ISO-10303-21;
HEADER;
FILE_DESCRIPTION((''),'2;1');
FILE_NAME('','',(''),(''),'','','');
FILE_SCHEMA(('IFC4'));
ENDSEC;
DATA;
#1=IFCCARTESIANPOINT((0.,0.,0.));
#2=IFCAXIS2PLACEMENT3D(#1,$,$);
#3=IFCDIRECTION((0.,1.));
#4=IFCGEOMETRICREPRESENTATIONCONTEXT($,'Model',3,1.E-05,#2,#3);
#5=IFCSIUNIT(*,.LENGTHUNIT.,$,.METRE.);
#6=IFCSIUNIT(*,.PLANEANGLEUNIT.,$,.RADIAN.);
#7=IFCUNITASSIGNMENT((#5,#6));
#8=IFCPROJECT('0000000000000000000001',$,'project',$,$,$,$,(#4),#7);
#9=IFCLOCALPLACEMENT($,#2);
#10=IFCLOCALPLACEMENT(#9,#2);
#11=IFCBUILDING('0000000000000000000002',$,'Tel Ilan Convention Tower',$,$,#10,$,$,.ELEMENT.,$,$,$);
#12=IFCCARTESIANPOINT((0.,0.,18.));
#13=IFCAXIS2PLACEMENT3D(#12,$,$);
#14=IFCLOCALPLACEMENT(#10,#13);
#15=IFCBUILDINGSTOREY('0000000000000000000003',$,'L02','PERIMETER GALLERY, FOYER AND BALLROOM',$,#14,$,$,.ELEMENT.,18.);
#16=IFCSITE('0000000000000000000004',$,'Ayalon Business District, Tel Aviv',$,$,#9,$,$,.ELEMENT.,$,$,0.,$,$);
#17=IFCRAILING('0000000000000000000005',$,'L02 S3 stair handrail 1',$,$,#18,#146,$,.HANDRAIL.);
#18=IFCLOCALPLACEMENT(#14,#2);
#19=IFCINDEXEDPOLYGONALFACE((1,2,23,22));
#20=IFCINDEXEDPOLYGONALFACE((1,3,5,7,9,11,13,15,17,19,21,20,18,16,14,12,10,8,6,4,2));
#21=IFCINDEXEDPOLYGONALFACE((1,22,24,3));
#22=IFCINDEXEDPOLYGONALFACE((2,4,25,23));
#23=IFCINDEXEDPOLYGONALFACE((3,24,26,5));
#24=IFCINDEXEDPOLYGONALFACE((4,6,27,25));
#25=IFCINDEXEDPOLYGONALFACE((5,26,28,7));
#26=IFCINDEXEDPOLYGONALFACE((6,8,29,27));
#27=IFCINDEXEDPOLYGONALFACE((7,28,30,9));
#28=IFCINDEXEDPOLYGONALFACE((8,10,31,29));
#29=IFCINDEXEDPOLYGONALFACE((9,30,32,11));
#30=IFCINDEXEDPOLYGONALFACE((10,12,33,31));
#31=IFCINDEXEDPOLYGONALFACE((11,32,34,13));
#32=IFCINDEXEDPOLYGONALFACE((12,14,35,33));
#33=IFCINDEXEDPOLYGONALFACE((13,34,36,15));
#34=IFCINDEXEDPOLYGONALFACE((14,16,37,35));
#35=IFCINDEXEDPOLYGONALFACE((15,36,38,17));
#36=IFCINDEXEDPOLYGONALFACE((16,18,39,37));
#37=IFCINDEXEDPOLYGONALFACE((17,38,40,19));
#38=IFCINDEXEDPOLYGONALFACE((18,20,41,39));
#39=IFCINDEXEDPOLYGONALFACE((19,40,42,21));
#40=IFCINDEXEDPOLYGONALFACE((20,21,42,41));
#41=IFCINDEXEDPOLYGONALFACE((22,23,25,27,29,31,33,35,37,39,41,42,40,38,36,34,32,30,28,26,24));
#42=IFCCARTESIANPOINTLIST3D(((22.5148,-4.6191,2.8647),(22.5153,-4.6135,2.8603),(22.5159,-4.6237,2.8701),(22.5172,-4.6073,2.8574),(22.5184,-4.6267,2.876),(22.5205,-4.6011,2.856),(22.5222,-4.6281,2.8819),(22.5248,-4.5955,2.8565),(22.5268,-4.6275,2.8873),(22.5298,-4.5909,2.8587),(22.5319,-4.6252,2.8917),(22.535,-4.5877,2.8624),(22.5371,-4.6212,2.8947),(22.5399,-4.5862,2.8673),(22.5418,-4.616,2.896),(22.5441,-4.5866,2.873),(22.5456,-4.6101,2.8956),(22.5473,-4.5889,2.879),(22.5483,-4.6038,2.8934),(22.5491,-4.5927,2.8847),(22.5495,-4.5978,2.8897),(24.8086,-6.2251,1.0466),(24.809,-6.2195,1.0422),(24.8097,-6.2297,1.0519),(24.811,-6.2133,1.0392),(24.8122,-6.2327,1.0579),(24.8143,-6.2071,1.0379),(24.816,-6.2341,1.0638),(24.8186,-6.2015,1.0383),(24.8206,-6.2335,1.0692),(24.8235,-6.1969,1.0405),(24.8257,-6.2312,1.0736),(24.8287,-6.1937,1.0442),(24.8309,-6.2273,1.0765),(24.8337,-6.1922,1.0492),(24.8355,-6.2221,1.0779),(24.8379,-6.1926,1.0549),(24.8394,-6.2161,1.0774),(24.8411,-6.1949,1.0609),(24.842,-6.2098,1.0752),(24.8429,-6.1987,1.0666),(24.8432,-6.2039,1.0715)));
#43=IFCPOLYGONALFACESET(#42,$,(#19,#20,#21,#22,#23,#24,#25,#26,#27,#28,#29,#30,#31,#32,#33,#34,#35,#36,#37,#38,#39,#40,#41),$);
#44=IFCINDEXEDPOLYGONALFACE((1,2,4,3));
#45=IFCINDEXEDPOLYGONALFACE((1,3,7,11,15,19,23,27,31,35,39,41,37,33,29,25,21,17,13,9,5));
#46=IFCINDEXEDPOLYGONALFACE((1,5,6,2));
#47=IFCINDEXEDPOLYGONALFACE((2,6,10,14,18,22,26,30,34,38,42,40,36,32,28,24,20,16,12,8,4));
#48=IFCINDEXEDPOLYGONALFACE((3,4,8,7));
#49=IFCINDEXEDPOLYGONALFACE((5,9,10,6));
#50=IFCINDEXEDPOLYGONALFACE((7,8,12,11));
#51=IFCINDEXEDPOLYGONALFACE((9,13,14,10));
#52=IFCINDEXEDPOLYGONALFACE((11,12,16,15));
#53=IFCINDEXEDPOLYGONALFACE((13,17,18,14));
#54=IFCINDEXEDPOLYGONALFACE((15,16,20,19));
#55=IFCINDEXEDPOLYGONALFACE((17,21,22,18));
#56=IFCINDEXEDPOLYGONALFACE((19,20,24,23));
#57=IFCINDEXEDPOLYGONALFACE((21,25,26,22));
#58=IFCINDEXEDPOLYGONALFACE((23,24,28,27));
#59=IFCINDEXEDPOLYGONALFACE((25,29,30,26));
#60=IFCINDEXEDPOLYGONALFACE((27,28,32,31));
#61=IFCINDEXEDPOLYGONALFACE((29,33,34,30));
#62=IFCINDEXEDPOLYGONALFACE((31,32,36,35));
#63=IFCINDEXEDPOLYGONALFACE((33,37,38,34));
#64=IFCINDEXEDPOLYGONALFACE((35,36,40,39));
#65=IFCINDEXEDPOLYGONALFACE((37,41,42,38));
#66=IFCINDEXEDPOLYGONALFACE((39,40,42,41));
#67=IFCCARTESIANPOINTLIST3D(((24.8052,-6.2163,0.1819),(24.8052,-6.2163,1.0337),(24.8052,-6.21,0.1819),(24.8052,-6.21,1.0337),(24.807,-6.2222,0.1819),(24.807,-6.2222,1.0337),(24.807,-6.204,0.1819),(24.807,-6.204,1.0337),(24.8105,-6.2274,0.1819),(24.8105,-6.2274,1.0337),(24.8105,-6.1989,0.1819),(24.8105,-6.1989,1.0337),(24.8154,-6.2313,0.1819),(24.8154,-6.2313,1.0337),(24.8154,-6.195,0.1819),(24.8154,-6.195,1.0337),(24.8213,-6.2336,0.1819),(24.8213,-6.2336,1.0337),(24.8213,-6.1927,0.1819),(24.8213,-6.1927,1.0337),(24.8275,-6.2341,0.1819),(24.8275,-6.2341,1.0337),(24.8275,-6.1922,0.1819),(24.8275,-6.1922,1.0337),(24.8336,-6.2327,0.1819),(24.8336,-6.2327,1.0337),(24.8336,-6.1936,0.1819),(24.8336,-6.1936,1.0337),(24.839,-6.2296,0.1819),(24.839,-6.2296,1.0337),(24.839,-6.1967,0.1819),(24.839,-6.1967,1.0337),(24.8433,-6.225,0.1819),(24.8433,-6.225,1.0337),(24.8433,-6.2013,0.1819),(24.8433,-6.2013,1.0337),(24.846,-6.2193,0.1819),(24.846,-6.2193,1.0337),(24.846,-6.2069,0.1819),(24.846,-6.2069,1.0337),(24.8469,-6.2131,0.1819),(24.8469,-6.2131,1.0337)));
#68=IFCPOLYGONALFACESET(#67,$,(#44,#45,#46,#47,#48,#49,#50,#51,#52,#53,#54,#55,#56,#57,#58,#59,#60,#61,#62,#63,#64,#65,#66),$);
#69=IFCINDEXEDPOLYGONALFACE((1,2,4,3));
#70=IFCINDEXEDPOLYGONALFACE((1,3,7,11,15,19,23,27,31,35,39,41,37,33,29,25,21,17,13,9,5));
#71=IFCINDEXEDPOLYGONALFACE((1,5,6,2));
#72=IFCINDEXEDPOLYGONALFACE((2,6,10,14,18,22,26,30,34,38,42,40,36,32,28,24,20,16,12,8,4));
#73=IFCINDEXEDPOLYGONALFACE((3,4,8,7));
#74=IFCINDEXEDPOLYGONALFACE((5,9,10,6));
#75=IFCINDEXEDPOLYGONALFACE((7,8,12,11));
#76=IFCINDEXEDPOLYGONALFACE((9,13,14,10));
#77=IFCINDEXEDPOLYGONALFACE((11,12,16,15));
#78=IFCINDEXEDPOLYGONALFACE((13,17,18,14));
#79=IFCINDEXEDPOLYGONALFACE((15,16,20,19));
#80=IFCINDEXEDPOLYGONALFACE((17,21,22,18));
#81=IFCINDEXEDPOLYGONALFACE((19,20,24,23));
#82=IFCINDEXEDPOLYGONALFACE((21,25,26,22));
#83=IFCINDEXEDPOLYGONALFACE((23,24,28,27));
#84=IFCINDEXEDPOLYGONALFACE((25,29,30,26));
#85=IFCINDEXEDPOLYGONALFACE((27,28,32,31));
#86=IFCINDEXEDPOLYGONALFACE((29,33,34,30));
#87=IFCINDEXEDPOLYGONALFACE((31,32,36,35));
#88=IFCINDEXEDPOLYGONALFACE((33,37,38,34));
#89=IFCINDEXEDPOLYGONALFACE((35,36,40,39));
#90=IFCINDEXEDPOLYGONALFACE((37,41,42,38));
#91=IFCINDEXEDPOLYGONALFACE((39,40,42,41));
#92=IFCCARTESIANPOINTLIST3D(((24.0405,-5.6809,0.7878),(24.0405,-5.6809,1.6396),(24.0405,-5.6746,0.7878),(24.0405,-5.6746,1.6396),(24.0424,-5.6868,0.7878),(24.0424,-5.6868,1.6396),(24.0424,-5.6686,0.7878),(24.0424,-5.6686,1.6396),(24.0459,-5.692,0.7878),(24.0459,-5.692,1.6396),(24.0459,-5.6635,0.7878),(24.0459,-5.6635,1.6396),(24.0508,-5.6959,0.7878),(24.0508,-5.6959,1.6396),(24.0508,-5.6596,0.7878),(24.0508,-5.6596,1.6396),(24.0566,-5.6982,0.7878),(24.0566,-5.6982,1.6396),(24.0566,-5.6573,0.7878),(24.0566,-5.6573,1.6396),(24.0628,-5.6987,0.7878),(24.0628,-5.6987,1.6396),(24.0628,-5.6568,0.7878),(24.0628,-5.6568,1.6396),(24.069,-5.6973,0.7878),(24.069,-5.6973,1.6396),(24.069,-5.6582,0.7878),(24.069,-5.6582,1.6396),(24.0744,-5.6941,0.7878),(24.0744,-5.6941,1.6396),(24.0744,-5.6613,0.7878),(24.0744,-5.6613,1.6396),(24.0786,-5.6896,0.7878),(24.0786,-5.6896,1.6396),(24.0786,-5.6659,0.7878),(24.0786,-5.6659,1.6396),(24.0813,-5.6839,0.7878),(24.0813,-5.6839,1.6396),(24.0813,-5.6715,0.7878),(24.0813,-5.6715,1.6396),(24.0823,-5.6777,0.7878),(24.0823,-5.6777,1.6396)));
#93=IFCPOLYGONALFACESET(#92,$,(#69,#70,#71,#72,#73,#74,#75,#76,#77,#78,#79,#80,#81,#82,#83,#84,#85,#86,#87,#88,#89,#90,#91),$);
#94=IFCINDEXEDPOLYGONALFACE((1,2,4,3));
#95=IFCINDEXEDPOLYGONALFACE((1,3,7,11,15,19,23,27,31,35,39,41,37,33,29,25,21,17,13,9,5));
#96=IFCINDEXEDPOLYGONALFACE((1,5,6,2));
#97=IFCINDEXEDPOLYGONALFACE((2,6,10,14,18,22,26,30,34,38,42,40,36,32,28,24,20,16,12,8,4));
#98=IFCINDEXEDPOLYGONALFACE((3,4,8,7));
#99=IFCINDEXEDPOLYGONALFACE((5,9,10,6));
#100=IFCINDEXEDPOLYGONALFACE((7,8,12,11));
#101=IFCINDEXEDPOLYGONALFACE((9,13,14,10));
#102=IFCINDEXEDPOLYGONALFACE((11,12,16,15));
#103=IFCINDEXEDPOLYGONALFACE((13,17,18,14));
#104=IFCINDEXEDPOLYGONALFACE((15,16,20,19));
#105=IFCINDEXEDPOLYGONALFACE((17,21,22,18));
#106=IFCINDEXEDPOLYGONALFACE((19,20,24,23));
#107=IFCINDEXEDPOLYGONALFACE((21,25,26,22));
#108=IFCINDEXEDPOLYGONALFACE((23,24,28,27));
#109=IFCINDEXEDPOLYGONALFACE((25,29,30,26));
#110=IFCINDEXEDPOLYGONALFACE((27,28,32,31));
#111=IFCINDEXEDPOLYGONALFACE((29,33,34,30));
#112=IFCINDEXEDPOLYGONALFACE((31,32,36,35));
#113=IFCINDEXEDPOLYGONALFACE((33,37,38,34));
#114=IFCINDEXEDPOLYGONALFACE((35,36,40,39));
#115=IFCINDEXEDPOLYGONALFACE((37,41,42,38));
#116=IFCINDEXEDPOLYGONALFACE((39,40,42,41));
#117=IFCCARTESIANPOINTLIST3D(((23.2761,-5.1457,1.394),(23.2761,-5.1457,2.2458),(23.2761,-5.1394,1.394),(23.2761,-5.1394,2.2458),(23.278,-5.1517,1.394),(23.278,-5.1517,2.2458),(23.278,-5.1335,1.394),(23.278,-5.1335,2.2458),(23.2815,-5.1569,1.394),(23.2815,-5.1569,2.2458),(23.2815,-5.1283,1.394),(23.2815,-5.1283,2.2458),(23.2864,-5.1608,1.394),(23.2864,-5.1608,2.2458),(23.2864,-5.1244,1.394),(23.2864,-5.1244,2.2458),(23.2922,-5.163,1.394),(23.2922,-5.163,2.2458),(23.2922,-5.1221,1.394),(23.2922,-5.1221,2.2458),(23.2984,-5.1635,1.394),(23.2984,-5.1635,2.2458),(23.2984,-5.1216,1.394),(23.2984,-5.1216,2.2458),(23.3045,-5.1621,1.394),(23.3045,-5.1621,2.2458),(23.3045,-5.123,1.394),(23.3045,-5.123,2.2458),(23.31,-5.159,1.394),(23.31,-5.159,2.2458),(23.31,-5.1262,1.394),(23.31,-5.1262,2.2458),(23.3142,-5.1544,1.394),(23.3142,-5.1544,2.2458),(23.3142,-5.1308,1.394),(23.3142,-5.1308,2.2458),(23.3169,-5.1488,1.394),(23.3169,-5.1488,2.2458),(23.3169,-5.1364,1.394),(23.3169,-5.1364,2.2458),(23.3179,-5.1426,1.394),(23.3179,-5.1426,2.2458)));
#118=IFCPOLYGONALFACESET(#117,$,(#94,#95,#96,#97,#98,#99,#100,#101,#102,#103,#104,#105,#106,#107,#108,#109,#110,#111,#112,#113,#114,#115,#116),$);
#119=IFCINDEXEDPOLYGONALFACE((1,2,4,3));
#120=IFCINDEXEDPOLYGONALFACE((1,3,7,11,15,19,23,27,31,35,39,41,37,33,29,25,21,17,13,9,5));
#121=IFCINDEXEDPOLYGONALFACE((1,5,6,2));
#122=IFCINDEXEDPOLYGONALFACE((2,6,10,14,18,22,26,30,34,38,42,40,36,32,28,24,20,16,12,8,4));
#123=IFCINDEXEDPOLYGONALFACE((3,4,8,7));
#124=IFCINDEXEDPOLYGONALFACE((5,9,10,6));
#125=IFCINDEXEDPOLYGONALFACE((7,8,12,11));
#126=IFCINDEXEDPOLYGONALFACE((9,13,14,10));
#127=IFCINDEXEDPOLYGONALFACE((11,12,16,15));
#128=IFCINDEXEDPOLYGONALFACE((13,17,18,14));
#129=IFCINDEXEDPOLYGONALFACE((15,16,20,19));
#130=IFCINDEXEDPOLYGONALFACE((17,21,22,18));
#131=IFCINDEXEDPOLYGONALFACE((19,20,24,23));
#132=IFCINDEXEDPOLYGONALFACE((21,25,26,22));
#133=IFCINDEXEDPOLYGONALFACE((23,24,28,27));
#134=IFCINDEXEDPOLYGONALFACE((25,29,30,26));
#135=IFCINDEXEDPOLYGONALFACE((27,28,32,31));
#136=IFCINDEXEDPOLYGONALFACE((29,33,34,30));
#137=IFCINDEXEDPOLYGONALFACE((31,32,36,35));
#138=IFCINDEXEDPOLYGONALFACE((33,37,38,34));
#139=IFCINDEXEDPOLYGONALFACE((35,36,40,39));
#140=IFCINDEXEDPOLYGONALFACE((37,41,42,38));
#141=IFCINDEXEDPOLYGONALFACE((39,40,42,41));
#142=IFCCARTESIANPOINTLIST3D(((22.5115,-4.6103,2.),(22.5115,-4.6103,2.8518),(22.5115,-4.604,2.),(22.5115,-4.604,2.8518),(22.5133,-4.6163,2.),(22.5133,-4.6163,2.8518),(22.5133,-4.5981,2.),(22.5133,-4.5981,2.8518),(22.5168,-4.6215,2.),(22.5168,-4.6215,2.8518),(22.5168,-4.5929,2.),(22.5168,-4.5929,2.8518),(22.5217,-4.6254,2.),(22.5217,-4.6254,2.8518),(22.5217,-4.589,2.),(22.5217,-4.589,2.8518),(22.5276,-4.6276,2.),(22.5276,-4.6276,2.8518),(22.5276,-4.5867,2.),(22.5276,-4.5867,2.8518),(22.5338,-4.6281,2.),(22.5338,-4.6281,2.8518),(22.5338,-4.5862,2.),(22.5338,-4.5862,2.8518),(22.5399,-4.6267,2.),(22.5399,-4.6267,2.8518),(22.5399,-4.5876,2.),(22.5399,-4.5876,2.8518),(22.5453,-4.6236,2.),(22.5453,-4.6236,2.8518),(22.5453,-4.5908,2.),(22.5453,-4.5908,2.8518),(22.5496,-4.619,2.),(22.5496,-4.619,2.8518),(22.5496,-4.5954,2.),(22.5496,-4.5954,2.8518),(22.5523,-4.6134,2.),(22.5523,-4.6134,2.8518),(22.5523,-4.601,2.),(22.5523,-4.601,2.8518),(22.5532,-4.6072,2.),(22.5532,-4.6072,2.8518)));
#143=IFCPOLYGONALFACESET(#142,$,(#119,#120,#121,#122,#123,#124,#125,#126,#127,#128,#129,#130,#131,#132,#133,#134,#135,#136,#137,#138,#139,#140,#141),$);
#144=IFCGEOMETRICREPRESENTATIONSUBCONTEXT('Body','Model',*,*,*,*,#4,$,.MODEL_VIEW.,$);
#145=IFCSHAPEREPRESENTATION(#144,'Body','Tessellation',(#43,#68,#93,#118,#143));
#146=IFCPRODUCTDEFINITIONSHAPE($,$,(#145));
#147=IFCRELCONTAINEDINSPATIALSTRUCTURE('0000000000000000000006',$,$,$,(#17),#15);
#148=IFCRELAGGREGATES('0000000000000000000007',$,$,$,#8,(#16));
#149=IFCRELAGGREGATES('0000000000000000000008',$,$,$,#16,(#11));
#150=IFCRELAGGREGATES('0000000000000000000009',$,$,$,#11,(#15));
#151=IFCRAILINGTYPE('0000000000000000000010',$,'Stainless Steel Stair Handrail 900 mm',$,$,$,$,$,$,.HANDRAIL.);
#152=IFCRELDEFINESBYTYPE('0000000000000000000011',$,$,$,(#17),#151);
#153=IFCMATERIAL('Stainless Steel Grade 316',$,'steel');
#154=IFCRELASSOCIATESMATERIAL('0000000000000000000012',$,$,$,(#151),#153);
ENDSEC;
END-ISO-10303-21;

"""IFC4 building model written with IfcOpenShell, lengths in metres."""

from ifc_helpers import new_model, si_unit, direction, frame, origin, origin_2d, place, context, subcontext, project, spatial, circle, extrude, material, type_object, element, save


model = new_model("IFC4")

# Units and contexts
model_context = context("Model", 3, precision=1e-05, world=origin(), true_north=direction((0.0, 1.0)))
body_context = subcontext(model_context, "Body", "Model", "MODEL_VIEW")
ifc_project = project(units=[si_unit("LENGTHUNIT", "METRE"), si_unit("PLANEANGLEUNIT", "RADIAN")], contexts=[model_context])

# Site, building, storey
site_placement = place(None, origin())
site = spatial("IfcSite", under=ifc_project, at=site_placement, Name="Ayalon Business District, Tel Aviv", CompositionType="ELEMENT", RefElevation=0.0)
building_placement = place(site_placement, origin())
building = spatial("IfcBuilding", under=site, at=building_placement, Name="Tel Ilan Convention Tower", CompositionType="ELEMENT")
storey_placement = place(building_placement, frame((0.0, 0.0, 18.0)))
storey = spatial("IfcBuildingStorey", under=building, at=storey_placement, Name="L02", Description="PERIMETER GALLERY, FOYER AND BALLROOM", CompositionType="ELEMENT", Elevation=18.0)

# Railing
ifc_material_1 = material(Name="Stainless Steel Grade 316", Category="steel")
railing_type_1 = type_object("IfcRailingType", Name="Stainless Steel Stair Handrail 900 mm", PredefinedType="HANDRAIL", material=ifc_material_1)
railing_1_placement = place(storey_placement, frame((24.8259, -6.2131, 0.1819)))
element("IfcRailing", 1, at=railing_1_placement, inside=storey, type_object=railing_type_1, Name="L02 S3 stair handrail 1", PredefinedType="HANDRAIL", context=body_context, shape_type="SweptSolid", body=[
    extrude(circle(Radius=0.0239, at=origin_2d()), frame((0.0, 0.0, 0.876), z_axis=(-0.687042, 0.481039, 0.544587), x_axis=(-0.57355, -0.81917, 0.0)), (0.0, 0.0, 1.0), 3.3386),
    extrude(circle(Radius=0.021, at=origin_2d()), origin(), (0.0, 0.0, 1.0), 0.8518),
    extrude(circle(Radius=0.021, at=origin_2d()), frame((-0.7646, 0.5354, 0.606)), (0.0, 0.0, 1.0), 0.8518),
    extrude(circle(Radius=0.021, at=origin_2d()), frame((-1.5291, 1.0706, 1.2122)), (0.0, 0.0, 1.0), 0.8518),
    extrude(circle(Radius=0.021, at=origin_2d()), frame((-2.2937, 1.606, 1.8181)), (0.0, 0.0, 1.0), 0.8518),
])

save(model, "model.ifc")
